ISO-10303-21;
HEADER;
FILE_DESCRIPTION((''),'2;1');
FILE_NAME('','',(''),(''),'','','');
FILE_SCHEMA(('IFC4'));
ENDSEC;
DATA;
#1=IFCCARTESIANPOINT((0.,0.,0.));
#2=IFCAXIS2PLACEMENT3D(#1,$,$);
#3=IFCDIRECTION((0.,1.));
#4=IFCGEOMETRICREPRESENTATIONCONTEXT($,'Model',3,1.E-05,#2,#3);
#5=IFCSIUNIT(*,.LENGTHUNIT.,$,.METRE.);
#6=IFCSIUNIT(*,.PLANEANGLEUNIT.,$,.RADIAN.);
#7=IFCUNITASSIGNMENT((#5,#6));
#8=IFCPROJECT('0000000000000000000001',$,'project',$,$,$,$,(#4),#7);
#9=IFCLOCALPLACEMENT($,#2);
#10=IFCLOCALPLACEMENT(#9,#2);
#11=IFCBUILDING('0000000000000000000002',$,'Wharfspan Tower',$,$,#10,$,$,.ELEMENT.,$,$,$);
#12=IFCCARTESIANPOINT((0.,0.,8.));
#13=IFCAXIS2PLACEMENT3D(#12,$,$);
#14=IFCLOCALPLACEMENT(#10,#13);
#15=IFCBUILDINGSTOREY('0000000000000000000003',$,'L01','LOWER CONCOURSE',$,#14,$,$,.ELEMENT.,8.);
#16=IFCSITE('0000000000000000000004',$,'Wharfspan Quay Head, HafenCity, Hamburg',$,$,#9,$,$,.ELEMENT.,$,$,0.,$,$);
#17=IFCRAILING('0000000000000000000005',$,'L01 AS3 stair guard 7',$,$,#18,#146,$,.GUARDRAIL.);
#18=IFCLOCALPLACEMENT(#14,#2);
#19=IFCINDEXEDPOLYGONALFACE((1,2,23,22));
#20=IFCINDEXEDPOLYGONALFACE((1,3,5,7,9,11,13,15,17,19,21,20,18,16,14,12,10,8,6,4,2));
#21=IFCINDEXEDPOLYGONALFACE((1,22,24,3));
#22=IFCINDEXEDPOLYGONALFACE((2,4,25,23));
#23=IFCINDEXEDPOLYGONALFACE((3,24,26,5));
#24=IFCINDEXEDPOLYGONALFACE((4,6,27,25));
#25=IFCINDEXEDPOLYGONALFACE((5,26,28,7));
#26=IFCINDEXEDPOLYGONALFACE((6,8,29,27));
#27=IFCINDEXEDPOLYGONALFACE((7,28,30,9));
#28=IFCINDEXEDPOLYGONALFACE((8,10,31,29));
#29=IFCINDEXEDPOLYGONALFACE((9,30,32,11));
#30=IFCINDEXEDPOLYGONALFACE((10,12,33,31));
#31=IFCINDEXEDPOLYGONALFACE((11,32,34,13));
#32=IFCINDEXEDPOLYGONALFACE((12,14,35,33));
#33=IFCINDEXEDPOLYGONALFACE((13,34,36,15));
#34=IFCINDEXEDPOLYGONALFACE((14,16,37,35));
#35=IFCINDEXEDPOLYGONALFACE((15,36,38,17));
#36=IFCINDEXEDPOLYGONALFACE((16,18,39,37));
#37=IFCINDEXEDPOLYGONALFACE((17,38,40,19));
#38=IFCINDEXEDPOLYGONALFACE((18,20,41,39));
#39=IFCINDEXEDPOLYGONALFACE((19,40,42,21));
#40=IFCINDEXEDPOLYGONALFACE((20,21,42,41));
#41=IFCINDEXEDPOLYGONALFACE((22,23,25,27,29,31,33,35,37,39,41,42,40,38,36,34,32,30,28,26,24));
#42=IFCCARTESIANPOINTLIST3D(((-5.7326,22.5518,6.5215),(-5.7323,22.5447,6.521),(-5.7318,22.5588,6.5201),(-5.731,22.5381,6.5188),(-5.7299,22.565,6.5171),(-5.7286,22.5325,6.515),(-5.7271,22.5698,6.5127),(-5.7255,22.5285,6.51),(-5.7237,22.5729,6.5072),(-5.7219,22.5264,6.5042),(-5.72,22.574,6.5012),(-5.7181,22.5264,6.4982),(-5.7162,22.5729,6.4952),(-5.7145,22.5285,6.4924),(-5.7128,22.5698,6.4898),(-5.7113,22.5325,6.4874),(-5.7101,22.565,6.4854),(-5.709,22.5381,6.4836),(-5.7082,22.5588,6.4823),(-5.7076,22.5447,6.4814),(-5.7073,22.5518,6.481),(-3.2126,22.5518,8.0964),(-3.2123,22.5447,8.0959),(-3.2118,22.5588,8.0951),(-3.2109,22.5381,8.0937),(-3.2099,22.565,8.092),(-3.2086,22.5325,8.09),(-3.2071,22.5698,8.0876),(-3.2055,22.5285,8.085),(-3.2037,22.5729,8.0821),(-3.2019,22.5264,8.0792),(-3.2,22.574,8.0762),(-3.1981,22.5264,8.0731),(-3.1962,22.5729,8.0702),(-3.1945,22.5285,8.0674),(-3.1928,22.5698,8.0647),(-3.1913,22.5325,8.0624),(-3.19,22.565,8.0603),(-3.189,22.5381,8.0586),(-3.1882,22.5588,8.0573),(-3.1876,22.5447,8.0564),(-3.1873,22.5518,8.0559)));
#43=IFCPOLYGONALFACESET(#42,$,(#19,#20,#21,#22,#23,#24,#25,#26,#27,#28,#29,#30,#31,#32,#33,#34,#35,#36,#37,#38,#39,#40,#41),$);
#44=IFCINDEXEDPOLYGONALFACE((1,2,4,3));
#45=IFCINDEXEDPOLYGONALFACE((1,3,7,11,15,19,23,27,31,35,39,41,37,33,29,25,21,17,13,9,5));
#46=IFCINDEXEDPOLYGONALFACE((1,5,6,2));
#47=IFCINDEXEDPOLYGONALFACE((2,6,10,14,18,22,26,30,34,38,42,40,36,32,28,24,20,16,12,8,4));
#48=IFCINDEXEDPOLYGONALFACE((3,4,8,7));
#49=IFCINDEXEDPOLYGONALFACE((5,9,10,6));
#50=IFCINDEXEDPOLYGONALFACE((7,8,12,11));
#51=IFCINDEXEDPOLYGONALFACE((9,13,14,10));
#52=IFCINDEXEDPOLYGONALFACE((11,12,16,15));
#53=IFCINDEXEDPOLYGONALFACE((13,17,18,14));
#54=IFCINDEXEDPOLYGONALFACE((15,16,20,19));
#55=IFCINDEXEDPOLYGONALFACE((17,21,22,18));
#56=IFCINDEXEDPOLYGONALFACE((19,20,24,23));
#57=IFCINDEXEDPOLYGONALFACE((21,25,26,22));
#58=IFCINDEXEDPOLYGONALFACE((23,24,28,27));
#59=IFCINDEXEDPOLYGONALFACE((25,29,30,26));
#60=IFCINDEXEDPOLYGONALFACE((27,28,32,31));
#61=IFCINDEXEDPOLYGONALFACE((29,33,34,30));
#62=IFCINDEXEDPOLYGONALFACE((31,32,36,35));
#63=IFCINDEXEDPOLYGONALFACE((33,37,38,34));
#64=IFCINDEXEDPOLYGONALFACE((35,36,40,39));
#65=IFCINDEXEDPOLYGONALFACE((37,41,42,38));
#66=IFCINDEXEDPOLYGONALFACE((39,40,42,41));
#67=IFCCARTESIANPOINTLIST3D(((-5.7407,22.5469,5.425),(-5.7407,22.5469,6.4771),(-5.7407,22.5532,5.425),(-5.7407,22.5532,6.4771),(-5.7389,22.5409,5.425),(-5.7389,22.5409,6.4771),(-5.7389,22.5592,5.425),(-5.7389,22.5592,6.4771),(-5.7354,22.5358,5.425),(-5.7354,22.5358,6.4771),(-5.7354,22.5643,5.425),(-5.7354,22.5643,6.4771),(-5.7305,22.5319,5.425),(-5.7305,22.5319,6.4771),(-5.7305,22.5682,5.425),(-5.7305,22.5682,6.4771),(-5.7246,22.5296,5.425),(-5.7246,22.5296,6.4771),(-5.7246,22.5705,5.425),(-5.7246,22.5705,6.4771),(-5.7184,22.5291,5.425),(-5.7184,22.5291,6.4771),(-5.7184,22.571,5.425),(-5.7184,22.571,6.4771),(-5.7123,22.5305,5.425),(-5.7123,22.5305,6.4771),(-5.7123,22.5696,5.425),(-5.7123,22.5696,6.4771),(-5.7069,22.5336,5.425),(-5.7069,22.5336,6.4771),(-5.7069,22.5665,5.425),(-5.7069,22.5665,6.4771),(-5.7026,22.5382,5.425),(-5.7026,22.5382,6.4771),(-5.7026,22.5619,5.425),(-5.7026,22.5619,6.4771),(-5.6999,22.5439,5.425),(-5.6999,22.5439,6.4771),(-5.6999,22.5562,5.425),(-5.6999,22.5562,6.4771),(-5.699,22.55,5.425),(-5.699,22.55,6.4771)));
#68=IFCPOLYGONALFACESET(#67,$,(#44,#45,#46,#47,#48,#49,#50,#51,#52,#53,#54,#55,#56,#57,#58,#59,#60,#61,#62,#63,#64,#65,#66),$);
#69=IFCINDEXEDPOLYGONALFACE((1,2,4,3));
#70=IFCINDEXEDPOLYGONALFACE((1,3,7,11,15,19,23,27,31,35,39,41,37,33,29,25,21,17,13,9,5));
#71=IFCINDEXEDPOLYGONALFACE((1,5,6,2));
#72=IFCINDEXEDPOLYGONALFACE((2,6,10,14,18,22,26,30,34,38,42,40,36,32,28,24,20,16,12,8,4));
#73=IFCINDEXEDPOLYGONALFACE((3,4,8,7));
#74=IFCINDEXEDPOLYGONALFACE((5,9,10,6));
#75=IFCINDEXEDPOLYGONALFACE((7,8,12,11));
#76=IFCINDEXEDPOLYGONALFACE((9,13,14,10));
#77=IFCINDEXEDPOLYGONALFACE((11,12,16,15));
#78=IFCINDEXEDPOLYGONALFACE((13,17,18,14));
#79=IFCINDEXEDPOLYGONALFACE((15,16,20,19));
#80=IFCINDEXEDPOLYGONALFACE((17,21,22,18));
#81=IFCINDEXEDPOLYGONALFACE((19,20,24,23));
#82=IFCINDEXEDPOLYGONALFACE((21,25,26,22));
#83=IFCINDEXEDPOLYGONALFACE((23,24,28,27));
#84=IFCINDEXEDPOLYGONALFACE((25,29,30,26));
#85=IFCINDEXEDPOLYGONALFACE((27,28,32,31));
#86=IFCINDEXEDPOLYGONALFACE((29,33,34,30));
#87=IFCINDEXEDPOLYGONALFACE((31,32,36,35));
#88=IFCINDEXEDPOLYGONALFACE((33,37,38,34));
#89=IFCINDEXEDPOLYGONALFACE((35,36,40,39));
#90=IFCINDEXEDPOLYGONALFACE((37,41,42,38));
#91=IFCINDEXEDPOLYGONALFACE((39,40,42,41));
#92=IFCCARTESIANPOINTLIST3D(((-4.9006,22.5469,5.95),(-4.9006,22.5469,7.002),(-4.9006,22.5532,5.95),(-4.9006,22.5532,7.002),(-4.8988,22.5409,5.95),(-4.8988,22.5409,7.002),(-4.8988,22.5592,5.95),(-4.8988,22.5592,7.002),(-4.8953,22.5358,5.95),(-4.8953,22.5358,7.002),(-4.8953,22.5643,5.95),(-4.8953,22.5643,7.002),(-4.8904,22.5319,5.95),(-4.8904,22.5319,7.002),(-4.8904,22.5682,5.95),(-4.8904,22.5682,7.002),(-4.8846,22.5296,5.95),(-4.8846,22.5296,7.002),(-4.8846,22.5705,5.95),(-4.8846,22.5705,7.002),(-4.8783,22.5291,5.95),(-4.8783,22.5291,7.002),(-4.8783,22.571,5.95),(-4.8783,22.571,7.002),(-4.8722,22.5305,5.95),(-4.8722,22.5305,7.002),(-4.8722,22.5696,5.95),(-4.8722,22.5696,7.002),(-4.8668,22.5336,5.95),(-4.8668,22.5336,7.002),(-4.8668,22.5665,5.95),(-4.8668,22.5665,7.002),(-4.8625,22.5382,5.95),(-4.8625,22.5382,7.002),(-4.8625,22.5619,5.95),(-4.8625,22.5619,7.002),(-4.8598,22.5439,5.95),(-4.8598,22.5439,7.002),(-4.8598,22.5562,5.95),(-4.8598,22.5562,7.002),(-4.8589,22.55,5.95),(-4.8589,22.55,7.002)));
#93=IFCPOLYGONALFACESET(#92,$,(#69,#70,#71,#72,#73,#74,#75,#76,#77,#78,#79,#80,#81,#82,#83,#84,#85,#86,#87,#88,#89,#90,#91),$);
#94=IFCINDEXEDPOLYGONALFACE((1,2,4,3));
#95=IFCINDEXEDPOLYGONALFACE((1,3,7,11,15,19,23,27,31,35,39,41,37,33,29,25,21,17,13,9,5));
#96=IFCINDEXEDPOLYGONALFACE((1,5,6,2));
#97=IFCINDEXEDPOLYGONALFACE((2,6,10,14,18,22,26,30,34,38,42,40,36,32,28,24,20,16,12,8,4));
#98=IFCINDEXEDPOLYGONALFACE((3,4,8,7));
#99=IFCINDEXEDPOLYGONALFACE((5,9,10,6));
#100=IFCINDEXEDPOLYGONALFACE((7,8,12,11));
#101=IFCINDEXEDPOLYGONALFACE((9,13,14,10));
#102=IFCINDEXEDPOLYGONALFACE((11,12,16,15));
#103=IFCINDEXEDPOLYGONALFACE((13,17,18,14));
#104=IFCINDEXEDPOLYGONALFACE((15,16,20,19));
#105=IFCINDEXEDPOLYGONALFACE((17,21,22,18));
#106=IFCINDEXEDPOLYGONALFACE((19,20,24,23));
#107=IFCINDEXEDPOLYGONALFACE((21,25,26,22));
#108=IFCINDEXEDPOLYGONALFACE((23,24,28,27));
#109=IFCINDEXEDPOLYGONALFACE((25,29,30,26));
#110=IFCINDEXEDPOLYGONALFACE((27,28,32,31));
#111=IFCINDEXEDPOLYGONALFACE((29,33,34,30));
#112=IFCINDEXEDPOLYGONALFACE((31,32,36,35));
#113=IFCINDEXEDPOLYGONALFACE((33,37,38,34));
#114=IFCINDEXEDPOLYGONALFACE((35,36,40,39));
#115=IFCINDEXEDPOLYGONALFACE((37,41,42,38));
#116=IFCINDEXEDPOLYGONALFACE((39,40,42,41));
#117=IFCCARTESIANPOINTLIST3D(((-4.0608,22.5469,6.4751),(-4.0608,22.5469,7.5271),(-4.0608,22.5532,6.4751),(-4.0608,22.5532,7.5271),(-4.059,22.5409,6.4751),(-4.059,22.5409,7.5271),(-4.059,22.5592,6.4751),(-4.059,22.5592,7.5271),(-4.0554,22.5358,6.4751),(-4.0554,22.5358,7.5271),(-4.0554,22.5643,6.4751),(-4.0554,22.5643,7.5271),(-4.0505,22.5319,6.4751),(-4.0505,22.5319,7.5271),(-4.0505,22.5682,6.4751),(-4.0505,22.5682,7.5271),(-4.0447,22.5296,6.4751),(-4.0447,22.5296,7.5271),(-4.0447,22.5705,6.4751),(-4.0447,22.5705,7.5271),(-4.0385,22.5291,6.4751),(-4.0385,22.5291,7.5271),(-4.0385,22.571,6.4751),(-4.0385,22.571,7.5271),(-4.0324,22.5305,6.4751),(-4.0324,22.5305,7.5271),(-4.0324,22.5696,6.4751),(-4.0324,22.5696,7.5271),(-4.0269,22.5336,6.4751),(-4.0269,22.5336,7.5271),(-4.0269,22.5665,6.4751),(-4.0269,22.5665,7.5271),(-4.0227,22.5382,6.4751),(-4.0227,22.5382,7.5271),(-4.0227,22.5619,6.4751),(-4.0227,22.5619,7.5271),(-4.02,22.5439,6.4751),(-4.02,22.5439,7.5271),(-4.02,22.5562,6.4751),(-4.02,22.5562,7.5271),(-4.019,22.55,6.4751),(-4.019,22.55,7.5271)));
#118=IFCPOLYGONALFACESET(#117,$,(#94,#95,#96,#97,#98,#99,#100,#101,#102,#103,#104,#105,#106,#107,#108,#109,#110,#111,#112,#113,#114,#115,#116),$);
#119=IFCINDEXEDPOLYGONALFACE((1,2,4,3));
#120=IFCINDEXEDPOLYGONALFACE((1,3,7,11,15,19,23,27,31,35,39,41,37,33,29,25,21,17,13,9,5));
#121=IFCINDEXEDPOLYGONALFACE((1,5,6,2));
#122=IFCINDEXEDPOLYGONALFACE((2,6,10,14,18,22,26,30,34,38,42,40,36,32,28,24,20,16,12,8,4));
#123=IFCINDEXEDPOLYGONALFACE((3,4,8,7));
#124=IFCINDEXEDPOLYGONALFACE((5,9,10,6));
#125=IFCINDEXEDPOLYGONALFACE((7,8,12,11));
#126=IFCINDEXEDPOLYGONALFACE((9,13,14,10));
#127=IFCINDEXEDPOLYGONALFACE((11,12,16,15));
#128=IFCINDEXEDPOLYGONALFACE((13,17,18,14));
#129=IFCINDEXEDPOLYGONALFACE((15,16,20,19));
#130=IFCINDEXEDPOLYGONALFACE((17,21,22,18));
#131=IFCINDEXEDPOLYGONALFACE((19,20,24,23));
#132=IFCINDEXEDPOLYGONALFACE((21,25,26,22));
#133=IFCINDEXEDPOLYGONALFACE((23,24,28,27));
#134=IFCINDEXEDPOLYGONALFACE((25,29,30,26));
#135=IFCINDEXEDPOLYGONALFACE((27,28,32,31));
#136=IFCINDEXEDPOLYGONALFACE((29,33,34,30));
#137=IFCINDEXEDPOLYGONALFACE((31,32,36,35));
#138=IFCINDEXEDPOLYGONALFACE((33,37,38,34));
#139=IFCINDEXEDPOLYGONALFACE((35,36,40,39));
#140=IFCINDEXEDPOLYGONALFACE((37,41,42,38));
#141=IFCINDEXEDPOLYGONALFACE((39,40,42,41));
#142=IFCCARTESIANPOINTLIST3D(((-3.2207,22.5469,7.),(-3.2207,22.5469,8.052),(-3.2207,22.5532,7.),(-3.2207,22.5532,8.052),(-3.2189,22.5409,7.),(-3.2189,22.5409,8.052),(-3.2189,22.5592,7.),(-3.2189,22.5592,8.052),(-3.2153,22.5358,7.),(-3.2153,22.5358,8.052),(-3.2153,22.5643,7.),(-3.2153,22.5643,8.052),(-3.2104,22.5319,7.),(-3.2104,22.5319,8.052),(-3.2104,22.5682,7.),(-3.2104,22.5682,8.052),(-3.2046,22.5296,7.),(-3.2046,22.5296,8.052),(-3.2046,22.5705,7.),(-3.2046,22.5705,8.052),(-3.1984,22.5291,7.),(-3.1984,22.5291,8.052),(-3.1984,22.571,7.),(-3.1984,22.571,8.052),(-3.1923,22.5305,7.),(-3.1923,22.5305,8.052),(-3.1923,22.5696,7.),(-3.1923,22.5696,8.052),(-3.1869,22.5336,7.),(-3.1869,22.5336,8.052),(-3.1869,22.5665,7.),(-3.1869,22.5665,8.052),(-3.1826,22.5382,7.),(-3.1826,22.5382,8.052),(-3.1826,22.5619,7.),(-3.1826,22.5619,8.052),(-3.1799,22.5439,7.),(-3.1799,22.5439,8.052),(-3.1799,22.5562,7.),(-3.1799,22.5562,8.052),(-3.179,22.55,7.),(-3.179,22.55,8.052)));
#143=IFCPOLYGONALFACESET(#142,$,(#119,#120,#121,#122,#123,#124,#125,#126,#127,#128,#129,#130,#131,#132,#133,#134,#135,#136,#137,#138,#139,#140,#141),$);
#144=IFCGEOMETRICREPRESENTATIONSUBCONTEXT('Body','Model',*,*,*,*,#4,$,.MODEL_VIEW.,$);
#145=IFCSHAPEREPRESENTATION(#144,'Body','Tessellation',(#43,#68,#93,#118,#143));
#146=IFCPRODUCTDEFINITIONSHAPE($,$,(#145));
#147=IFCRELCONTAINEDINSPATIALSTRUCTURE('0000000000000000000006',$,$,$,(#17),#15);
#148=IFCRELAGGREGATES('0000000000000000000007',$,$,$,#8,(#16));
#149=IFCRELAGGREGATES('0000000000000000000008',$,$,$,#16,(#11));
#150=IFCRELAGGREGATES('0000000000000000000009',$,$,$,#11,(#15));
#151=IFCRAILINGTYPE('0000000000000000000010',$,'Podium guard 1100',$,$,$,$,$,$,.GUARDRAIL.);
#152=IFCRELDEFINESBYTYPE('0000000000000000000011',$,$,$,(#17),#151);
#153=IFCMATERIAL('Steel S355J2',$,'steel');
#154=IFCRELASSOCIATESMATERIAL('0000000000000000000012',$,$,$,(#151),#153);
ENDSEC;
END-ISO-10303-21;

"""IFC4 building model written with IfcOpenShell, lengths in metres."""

from ifc_helpers import new_model, si_unit, direction, frame, origin, origin_2d, place, context, subcontext, project, spatial, circle, extrude, material, type_object, element, save


model = new_model("IFC4")

# Units and contexts
model_context = context("Model", 3, precision=1e-05, world=origin(), true_north=direction((0.0, 1.0)))
body_context = subcontext(model_context, "Body", "Model", "MODEL_VIEW")
ifc_project = project(units=[si_unit("LENGTHUNIT", "METRE"), si_unit("PLANEANGLEUNIT", "RADIAN")], contexts=[model_context])

# Site, building, storey
site_placement = place(None, origin())
site = spatial("IfcSite", under=ifc_project, at=site_placement, Name="Wharfspan Quay Head, HafenCity, Hamburg", CompositionType="ELEMENT", RefElevation=0.0)
building_placement = place(site_placement, origin())
building = spatial("IfcBuilding", under=site, at=building_placement, Name="Wharfspan Tower", CompositionType="ELEMENT")
storey_placement = place(building_placement, frame((0.0, 0.0, 8.0)))
storey = spatial("IfcBuildingStorey", under=building, at=storey_placement, Name="L01", Description="LOWER CONCOURSE", CompositionType="ELEMENT", Elevation=8.0)

# Railing
ifc_material_1 = material(Name="Steel S355J2", Category="steel")
railing_type_1 = type_object("IfcRailingType", Name="Podium guard 1100", PredefinedType="GUARDRAIL", material=ifc_material_1)
railing_1_placement = place(storey_placement, frame((-5.72, 22.55, 5.425)))
element("IfcRailing", 1, at=railing_1_placement, inside=storey, type_object=railing_type_1, Name="L01 AS3 stair guard 7", PredefinedType="GUARDRAIL", context=body_context, shape_type="SweptSolid", body=[
    extrude(circle(Radius=0.0239, at=origin_2d()), frame((0.0, 0.0, 1.0762), z_axis=(0.848008, 0.0, 0.529984), x_axis=(0.0, 1.0, 0.0)), (0.0, 0.0, 1.0), 2.9717),
    extrude(circle(Radius=0.021, at=origin_2d()), origin(), (0.0, 0.0, 1.0), 1.052),
    extrude(circle(Radius=0.021, at=origin_2d()), frame((0.8401, 0.0, 0.5249)), (0.0, 0.0, 1.0), 1.052),
    extrude(circle(Radius=0.021, at=origin_2d()), frame((1.6799, 0.0, 1.05)), (0.0, 0.0, 1.0), 1.052),
    extrude(circle(Radius=0.021, at=origin_2d()), frame((2.52, 0.0, 1.575)), (0.0, 0.0, 1.0), 1.052),
])

save(model, "model.ifc")
